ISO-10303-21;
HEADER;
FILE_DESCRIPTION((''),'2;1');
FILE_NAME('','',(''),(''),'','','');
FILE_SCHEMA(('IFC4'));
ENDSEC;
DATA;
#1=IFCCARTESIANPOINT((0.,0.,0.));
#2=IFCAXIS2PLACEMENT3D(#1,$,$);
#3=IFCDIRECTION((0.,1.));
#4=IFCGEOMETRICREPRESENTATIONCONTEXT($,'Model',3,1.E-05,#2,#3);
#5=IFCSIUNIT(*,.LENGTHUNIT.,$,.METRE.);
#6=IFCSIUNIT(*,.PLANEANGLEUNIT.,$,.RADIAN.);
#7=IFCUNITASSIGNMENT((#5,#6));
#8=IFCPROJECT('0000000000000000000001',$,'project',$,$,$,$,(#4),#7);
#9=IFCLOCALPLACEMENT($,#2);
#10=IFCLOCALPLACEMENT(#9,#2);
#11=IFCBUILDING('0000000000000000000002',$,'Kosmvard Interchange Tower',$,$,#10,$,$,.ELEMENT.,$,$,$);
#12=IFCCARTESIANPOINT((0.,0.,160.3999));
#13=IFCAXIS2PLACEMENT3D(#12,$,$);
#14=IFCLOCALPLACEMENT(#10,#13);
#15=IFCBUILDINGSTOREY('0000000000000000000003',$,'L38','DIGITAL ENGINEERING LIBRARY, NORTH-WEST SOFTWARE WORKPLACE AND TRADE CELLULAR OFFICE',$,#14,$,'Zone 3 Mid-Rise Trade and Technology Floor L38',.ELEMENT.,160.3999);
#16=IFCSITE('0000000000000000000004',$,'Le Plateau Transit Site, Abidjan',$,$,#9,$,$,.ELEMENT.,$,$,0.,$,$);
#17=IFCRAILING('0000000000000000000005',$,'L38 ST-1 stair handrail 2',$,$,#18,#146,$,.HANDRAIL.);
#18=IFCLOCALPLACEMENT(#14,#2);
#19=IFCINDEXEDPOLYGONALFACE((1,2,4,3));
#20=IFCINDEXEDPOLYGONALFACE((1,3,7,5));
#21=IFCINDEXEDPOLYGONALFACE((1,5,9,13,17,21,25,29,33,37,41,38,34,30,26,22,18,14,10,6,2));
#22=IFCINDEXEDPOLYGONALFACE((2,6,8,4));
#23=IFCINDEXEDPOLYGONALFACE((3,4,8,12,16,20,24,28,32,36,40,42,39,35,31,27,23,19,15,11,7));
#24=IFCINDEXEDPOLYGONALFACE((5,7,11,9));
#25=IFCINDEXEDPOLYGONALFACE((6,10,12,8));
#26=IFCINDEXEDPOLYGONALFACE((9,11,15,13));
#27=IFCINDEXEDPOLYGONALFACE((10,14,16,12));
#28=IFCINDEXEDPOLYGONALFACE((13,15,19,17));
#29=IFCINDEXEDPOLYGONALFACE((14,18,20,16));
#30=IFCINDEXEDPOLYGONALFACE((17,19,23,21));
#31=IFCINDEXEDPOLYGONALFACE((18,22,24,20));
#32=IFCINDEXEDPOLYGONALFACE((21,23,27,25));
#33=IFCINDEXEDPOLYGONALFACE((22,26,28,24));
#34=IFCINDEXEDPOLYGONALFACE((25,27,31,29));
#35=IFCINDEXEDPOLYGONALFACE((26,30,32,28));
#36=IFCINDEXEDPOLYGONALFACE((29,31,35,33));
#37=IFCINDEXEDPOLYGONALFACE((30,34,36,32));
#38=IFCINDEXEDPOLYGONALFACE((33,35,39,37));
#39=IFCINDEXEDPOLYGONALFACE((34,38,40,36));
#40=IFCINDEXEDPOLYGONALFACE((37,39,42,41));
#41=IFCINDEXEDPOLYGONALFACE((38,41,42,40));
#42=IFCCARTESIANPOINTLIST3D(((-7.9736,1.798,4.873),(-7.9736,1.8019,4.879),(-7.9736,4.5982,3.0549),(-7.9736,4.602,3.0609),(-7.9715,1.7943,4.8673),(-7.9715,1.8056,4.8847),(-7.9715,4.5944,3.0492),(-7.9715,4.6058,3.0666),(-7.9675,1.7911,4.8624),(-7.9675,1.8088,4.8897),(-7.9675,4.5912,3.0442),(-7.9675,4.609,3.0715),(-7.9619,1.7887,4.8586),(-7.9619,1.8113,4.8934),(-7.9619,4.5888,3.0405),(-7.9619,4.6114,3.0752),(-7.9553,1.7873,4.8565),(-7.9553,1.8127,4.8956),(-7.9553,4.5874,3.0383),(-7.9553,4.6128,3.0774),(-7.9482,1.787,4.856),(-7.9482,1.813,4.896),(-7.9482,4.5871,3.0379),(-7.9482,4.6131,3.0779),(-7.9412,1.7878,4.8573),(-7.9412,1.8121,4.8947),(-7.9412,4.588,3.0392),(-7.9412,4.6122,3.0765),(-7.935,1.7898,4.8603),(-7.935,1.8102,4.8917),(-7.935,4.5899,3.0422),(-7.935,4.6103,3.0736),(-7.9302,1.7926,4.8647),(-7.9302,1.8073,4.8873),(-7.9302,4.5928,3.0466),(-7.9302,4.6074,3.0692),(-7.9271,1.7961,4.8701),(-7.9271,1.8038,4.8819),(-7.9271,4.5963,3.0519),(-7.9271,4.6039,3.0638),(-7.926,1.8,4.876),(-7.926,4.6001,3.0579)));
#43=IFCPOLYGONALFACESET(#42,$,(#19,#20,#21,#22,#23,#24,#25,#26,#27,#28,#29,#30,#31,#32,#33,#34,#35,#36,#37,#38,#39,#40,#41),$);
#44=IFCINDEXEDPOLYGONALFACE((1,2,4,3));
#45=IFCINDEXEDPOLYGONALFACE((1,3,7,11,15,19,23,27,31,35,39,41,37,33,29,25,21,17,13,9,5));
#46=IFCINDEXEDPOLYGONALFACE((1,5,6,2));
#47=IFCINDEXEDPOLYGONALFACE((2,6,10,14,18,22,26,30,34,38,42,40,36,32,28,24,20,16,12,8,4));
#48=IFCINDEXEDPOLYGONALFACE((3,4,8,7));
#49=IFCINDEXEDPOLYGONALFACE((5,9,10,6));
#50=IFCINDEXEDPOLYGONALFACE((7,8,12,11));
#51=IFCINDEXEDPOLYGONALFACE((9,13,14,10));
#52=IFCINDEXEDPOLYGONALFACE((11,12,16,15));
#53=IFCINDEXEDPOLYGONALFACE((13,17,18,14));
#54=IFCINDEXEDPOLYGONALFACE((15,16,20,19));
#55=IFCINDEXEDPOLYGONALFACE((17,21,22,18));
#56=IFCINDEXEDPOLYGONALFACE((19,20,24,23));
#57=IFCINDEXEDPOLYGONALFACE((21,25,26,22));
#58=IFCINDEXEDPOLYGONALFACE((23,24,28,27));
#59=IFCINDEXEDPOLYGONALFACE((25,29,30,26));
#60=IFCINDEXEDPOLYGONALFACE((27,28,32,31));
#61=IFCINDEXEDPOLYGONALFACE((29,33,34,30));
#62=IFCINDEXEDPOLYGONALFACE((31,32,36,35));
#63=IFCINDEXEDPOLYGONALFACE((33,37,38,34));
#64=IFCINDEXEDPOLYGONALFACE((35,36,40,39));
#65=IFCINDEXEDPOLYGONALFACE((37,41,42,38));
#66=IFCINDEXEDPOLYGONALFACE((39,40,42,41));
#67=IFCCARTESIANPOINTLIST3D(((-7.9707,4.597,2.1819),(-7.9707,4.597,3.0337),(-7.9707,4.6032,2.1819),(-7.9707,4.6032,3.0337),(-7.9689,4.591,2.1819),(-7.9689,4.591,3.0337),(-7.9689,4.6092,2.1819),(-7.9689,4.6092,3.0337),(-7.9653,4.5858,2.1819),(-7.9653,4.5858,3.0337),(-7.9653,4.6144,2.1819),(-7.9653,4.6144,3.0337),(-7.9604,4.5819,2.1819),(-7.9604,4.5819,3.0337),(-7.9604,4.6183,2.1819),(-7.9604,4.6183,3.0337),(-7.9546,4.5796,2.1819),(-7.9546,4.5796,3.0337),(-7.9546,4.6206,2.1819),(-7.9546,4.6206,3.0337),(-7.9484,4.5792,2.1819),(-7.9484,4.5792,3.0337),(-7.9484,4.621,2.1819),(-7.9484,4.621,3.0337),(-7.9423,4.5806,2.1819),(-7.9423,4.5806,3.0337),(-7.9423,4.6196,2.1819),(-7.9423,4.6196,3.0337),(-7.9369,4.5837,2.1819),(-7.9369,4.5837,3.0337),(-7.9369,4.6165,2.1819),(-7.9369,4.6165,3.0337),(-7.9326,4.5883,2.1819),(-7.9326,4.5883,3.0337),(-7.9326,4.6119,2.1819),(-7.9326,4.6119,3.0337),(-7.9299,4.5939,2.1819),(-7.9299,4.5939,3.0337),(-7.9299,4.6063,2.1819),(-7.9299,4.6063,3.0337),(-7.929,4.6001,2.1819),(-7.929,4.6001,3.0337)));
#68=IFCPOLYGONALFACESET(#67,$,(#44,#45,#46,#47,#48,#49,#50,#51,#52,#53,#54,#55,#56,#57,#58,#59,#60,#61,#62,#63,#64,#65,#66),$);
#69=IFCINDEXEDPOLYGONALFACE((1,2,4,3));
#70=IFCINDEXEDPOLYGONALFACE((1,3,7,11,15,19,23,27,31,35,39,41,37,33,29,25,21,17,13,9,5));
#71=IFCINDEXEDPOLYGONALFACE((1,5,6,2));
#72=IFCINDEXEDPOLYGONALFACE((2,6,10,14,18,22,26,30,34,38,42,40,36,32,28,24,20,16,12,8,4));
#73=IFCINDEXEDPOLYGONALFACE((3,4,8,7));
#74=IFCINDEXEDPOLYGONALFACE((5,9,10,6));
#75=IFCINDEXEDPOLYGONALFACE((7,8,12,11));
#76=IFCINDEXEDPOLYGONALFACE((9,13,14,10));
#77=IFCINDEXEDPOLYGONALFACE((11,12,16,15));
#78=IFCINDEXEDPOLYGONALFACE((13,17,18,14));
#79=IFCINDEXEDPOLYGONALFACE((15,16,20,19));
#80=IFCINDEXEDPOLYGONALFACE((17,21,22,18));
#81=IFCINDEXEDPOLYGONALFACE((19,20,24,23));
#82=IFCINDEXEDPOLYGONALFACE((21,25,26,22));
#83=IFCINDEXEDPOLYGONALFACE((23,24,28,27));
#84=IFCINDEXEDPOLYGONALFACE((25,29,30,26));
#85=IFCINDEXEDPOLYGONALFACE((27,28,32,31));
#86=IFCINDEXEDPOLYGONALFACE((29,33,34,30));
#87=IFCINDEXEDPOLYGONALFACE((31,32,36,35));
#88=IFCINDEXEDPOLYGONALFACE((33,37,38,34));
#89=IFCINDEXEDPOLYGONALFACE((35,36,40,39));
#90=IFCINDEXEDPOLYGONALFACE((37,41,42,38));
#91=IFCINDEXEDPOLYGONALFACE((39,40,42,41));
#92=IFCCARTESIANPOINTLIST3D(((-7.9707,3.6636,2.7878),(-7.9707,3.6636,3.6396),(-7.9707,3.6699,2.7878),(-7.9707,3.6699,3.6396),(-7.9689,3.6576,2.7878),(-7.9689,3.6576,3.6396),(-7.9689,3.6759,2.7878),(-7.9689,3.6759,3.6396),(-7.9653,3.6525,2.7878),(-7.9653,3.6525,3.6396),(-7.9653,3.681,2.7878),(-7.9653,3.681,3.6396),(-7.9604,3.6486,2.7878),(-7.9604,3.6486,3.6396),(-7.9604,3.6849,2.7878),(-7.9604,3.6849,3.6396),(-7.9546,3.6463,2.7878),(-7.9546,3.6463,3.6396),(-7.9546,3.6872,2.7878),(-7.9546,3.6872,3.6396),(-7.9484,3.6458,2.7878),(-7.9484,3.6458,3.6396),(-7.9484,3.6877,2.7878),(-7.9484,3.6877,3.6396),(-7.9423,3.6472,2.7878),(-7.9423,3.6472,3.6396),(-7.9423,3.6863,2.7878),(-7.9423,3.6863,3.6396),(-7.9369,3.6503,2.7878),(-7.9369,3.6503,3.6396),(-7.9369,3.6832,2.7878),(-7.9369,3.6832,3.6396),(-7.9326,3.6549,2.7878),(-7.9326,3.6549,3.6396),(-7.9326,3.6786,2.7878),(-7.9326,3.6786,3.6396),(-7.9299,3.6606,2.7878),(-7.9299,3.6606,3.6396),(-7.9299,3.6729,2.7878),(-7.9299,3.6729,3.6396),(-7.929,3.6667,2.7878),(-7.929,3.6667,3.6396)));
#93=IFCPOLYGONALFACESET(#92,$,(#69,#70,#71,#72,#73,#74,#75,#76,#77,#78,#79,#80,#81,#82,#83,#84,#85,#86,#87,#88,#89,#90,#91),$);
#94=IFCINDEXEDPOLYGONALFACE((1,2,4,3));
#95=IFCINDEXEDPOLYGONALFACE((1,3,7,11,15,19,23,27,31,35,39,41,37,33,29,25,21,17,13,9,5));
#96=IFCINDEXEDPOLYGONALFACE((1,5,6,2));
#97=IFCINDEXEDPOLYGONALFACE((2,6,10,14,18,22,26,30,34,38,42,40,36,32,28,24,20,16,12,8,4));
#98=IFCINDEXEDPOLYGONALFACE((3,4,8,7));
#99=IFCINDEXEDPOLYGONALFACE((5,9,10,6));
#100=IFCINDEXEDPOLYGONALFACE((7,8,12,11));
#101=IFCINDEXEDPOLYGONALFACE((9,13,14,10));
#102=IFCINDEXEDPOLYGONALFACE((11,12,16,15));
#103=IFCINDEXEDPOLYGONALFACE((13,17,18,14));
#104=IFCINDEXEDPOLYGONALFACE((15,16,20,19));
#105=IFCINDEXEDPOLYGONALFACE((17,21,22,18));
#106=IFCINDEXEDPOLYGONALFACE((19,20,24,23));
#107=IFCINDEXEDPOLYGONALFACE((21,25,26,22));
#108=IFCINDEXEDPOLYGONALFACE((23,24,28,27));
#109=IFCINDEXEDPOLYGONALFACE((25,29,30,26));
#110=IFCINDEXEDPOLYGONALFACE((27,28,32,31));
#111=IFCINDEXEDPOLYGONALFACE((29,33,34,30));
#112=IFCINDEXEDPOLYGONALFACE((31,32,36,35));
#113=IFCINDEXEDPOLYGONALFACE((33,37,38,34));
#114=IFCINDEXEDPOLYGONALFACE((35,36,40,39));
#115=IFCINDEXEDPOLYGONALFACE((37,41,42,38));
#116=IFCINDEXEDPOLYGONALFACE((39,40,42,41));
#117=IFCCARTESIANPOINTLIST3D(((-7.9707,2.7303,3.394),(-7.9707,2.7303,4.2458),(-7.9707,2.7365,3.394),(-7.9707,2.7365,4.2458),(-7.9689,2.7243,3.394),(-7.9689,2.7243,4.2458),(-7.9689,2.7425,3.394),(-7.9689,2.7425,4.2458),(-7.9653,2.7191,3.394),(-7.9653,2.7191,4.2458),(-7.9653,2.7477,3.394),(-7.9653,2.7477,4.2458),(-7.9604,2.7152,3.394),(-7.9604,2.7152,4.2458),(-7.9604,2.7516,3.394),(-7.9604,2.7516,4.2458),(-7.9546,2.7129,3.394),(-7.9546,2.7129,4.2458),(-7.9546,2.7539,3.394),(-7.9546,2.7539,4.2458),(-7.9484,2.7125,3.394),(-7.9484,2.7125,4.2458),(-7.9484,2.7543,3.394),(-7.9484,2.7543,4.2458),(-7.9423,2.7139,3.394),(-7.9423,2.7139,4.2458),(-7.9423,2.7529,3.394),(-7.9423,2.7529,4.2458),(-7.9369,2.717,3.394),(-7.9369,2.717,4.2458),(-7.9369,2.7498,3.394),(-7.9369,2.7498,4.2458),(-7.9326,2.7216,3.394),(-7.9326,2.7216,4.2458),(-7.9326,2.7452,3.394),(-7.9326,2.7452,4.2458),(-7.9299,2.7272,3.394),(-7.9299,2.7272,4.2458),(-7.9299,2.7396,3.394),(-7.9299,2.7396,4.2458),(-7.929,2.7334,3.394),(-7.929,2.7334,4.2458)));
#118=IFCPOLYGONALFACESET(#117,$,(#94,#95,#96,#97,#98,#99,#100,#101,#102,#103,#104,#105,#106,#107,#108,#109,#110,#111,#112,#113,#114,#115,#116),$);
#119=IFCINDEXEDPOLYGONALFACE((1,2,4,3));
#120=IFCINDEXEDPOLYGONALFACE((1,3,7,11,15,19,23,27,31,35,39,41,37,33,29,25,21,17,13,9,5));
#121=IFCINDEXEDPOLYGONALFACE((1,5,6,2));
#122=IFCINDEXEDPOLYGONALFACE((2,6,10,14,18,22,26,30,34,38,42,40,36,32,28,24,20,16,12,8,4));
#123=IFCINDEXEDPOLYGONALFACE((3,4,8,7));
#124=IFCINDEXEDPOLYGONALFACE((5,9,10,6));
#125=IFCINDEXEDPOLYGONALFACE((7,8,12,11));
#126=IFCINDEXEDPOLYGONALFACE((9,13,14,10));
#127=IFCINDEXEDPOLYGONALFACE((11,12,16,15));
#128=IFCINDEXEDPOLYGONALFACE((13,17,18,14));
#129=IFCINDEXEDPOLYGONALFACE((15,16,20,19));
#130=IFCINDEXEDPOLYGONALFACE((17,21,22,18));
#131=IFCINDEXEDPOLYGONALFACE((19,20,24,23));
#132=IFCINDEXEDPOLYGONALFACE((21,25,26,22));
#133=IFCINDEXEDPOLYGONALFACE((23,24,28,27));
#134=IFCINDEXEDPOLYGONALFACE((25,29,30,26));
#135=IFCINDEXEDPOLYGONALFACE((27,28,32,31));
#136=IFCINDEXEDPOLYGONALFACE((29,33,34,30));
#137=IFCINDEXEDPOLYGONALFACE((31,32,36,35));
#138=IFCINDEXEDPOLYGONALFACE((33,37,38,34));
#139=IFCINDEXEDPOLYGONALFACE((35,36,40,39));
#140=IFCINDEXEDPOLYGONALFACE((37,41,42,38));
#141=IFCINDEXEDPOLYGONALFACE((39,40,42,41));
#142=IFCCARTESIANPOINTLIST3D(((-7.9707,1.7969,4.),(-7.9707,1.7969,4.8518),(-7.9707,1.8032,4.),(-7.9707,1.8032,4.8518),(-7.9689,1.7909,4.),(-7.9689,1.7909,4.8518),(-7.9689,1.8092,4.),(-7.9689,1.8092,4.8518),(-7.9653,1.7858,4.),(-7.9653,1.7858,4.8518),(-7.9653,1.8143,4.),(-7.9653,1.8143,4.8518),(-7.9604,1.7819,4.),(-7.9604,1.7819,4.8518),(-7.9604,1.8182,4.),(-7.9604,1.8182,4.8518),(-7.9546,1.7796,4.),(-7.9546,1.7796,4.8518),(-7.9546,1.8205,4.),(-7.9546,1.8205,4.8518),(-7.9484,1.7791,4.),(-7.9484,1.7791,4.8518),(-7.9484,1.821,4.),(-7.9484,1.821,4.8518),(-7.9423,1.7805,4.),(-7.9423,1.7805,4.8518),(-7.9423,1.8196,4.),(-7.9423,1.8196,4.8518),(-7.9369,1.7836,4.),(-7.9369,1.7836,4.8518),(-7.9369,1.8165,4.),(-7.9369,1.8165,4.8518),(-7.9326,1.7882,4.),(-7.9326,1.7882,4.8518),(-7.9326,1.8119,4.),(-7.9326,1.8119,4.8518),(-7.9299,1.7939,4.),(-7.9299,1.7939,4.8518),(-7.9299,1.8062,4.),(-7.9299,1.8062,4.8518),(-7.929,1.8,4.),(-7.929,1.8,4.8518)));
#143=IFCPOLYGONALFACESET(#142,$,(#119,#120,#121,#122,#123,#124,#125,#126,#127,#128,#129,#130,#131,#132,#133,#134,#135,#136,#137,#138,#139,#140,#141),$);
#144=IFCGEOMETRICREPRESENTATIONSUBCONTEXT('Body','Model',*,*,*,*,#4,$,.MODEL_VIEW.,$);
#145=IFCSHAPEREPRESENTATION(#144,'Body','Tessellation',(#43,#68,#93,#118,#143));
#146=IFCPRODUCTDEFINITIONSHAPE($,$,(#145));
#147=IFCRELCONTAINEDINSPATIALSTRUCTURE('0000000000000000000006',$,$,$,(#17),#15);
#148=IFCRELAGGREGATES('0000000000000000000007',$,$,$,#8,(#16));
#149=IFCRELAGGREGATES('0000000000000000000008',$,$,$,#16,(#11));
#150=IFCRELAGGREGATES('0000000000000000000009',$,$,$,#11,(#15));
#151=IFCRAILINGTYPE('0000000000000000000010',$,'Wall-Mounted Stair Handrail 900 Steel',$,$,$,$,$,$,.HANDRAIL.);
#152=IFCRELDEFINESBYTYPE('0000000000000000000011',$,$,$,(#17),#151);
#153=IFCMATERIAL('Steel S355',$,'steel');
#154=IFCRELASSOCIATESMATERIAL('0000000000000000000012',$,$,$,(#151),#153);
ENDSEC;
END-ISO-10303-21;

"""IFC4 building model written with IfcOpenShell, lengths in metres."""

from ifc_helpers import new_model, si_unit, direction, frame, origin, origin_2d, place, context, subcontext, project, spatial, circle, extrude, source, transform, mapped, material, type_object, element, save


model = new_model("IFC4")

# Units and contexts
model_context = context("Model", 3, precision=1e-05, world=origin(), true_north=direction((0.0, 1.0)))
body_context = subcontext(model_context, "Body", "Model", "MODEL_VIEW")
ifc_project = project(units=[si_unit("LENGTHUNIT", "METRE"), si_unit("PLANEANGLEUNIT", "RADIAN")], contexts=[model_context])

# Site, building, storey
site_placement = place(None, origin())
site = spatial("IfcSite", under=ifc_project, at=site_placement, Name="Le Plateau Transit Site, Abidjan", CompositionType="ELEMENT", RefElevation=0.0)
building_placement = place(site_placement, origin())
building = spatial("IfcBuilding", under=site, at=building_placement, Name="Kosmvard Interchange Tower", CompositionType="ELEMENT")
storey_placement = place(building_placement, frame((0.0, 0.0, 160.3999)))
storey = spatial("IfcBuildingStorey", under=building, at=storey_placement, Name="L38", Description="DIGITAL ENGINEERING LIBRARY, NORTH-WEST SOFTWARE WORKPLACE AND TRADE CELLULAR OFFICE", LongName="Zone 3 Mid-Rise Trade and Technology Floor L38", CompositionType="ELEMENT", Elevation=160.3999)

# Shared definitions
ifc_material_1 = material(Name="Steel S355", Category="steel")

# Railing
railing_type_1 = type_object("IfcRailingType", Name="Wall-Mounted Stair Handrail 900 Steel", PredefinedType="HANDRAIL", material=ifc_material_1)
shared_shape_1 = source(origin(), body_context, "Body", "SweptSolid", [
    extrude(circle(Radius=0.0239, at=origin_2d()), frame((0.0, 0.0, 0.876), z_axis=(0.0, -0.838706, 0.544585), x_axis=(1.0, 0.0, 0.0)), (0.0, 0.0, 1.0), 3.3386),
    extrude(circle(Radius=0.021, at=origin_2d()), origin(), (0.0, 0.0, 1.0), 0.8518),
    extrude(circle(Radius=0.021, at=origin_2d()), frame((0.0, -0.9333, 0.606)), (0.0, 0.0, 1.0), 0.8518),
    extrude(circle(Radius=0.021, at=origin_2d()), frame((0.0, -1.8667, 1.2122)), (0.0, 0.0, 1.0), 0.8518),
    extrude(circle(Radius=0.021, at=origin_2d()), frame((0.0, -2.8, 1.8181)), (0.0, 0.0, 1.0), 0.8518),
])
railing_1_placement = place(storey_placement, frame((-7.95, 4.6001, 2.1819)))
element("IfcRailing", 1, at=railing_1_placement, inside=storey, type_object=railing_type_1, Name="L38 ST-1 stair handrail 2", PredefinedType="HANDRAIL", context=body_context, shape_type="MappedRepresentation", body=[
    mapped(shared_shape_1, transform((0.0, 0.0, 0.0), scale=1.0)),
])

save(model, "model.ifc")
